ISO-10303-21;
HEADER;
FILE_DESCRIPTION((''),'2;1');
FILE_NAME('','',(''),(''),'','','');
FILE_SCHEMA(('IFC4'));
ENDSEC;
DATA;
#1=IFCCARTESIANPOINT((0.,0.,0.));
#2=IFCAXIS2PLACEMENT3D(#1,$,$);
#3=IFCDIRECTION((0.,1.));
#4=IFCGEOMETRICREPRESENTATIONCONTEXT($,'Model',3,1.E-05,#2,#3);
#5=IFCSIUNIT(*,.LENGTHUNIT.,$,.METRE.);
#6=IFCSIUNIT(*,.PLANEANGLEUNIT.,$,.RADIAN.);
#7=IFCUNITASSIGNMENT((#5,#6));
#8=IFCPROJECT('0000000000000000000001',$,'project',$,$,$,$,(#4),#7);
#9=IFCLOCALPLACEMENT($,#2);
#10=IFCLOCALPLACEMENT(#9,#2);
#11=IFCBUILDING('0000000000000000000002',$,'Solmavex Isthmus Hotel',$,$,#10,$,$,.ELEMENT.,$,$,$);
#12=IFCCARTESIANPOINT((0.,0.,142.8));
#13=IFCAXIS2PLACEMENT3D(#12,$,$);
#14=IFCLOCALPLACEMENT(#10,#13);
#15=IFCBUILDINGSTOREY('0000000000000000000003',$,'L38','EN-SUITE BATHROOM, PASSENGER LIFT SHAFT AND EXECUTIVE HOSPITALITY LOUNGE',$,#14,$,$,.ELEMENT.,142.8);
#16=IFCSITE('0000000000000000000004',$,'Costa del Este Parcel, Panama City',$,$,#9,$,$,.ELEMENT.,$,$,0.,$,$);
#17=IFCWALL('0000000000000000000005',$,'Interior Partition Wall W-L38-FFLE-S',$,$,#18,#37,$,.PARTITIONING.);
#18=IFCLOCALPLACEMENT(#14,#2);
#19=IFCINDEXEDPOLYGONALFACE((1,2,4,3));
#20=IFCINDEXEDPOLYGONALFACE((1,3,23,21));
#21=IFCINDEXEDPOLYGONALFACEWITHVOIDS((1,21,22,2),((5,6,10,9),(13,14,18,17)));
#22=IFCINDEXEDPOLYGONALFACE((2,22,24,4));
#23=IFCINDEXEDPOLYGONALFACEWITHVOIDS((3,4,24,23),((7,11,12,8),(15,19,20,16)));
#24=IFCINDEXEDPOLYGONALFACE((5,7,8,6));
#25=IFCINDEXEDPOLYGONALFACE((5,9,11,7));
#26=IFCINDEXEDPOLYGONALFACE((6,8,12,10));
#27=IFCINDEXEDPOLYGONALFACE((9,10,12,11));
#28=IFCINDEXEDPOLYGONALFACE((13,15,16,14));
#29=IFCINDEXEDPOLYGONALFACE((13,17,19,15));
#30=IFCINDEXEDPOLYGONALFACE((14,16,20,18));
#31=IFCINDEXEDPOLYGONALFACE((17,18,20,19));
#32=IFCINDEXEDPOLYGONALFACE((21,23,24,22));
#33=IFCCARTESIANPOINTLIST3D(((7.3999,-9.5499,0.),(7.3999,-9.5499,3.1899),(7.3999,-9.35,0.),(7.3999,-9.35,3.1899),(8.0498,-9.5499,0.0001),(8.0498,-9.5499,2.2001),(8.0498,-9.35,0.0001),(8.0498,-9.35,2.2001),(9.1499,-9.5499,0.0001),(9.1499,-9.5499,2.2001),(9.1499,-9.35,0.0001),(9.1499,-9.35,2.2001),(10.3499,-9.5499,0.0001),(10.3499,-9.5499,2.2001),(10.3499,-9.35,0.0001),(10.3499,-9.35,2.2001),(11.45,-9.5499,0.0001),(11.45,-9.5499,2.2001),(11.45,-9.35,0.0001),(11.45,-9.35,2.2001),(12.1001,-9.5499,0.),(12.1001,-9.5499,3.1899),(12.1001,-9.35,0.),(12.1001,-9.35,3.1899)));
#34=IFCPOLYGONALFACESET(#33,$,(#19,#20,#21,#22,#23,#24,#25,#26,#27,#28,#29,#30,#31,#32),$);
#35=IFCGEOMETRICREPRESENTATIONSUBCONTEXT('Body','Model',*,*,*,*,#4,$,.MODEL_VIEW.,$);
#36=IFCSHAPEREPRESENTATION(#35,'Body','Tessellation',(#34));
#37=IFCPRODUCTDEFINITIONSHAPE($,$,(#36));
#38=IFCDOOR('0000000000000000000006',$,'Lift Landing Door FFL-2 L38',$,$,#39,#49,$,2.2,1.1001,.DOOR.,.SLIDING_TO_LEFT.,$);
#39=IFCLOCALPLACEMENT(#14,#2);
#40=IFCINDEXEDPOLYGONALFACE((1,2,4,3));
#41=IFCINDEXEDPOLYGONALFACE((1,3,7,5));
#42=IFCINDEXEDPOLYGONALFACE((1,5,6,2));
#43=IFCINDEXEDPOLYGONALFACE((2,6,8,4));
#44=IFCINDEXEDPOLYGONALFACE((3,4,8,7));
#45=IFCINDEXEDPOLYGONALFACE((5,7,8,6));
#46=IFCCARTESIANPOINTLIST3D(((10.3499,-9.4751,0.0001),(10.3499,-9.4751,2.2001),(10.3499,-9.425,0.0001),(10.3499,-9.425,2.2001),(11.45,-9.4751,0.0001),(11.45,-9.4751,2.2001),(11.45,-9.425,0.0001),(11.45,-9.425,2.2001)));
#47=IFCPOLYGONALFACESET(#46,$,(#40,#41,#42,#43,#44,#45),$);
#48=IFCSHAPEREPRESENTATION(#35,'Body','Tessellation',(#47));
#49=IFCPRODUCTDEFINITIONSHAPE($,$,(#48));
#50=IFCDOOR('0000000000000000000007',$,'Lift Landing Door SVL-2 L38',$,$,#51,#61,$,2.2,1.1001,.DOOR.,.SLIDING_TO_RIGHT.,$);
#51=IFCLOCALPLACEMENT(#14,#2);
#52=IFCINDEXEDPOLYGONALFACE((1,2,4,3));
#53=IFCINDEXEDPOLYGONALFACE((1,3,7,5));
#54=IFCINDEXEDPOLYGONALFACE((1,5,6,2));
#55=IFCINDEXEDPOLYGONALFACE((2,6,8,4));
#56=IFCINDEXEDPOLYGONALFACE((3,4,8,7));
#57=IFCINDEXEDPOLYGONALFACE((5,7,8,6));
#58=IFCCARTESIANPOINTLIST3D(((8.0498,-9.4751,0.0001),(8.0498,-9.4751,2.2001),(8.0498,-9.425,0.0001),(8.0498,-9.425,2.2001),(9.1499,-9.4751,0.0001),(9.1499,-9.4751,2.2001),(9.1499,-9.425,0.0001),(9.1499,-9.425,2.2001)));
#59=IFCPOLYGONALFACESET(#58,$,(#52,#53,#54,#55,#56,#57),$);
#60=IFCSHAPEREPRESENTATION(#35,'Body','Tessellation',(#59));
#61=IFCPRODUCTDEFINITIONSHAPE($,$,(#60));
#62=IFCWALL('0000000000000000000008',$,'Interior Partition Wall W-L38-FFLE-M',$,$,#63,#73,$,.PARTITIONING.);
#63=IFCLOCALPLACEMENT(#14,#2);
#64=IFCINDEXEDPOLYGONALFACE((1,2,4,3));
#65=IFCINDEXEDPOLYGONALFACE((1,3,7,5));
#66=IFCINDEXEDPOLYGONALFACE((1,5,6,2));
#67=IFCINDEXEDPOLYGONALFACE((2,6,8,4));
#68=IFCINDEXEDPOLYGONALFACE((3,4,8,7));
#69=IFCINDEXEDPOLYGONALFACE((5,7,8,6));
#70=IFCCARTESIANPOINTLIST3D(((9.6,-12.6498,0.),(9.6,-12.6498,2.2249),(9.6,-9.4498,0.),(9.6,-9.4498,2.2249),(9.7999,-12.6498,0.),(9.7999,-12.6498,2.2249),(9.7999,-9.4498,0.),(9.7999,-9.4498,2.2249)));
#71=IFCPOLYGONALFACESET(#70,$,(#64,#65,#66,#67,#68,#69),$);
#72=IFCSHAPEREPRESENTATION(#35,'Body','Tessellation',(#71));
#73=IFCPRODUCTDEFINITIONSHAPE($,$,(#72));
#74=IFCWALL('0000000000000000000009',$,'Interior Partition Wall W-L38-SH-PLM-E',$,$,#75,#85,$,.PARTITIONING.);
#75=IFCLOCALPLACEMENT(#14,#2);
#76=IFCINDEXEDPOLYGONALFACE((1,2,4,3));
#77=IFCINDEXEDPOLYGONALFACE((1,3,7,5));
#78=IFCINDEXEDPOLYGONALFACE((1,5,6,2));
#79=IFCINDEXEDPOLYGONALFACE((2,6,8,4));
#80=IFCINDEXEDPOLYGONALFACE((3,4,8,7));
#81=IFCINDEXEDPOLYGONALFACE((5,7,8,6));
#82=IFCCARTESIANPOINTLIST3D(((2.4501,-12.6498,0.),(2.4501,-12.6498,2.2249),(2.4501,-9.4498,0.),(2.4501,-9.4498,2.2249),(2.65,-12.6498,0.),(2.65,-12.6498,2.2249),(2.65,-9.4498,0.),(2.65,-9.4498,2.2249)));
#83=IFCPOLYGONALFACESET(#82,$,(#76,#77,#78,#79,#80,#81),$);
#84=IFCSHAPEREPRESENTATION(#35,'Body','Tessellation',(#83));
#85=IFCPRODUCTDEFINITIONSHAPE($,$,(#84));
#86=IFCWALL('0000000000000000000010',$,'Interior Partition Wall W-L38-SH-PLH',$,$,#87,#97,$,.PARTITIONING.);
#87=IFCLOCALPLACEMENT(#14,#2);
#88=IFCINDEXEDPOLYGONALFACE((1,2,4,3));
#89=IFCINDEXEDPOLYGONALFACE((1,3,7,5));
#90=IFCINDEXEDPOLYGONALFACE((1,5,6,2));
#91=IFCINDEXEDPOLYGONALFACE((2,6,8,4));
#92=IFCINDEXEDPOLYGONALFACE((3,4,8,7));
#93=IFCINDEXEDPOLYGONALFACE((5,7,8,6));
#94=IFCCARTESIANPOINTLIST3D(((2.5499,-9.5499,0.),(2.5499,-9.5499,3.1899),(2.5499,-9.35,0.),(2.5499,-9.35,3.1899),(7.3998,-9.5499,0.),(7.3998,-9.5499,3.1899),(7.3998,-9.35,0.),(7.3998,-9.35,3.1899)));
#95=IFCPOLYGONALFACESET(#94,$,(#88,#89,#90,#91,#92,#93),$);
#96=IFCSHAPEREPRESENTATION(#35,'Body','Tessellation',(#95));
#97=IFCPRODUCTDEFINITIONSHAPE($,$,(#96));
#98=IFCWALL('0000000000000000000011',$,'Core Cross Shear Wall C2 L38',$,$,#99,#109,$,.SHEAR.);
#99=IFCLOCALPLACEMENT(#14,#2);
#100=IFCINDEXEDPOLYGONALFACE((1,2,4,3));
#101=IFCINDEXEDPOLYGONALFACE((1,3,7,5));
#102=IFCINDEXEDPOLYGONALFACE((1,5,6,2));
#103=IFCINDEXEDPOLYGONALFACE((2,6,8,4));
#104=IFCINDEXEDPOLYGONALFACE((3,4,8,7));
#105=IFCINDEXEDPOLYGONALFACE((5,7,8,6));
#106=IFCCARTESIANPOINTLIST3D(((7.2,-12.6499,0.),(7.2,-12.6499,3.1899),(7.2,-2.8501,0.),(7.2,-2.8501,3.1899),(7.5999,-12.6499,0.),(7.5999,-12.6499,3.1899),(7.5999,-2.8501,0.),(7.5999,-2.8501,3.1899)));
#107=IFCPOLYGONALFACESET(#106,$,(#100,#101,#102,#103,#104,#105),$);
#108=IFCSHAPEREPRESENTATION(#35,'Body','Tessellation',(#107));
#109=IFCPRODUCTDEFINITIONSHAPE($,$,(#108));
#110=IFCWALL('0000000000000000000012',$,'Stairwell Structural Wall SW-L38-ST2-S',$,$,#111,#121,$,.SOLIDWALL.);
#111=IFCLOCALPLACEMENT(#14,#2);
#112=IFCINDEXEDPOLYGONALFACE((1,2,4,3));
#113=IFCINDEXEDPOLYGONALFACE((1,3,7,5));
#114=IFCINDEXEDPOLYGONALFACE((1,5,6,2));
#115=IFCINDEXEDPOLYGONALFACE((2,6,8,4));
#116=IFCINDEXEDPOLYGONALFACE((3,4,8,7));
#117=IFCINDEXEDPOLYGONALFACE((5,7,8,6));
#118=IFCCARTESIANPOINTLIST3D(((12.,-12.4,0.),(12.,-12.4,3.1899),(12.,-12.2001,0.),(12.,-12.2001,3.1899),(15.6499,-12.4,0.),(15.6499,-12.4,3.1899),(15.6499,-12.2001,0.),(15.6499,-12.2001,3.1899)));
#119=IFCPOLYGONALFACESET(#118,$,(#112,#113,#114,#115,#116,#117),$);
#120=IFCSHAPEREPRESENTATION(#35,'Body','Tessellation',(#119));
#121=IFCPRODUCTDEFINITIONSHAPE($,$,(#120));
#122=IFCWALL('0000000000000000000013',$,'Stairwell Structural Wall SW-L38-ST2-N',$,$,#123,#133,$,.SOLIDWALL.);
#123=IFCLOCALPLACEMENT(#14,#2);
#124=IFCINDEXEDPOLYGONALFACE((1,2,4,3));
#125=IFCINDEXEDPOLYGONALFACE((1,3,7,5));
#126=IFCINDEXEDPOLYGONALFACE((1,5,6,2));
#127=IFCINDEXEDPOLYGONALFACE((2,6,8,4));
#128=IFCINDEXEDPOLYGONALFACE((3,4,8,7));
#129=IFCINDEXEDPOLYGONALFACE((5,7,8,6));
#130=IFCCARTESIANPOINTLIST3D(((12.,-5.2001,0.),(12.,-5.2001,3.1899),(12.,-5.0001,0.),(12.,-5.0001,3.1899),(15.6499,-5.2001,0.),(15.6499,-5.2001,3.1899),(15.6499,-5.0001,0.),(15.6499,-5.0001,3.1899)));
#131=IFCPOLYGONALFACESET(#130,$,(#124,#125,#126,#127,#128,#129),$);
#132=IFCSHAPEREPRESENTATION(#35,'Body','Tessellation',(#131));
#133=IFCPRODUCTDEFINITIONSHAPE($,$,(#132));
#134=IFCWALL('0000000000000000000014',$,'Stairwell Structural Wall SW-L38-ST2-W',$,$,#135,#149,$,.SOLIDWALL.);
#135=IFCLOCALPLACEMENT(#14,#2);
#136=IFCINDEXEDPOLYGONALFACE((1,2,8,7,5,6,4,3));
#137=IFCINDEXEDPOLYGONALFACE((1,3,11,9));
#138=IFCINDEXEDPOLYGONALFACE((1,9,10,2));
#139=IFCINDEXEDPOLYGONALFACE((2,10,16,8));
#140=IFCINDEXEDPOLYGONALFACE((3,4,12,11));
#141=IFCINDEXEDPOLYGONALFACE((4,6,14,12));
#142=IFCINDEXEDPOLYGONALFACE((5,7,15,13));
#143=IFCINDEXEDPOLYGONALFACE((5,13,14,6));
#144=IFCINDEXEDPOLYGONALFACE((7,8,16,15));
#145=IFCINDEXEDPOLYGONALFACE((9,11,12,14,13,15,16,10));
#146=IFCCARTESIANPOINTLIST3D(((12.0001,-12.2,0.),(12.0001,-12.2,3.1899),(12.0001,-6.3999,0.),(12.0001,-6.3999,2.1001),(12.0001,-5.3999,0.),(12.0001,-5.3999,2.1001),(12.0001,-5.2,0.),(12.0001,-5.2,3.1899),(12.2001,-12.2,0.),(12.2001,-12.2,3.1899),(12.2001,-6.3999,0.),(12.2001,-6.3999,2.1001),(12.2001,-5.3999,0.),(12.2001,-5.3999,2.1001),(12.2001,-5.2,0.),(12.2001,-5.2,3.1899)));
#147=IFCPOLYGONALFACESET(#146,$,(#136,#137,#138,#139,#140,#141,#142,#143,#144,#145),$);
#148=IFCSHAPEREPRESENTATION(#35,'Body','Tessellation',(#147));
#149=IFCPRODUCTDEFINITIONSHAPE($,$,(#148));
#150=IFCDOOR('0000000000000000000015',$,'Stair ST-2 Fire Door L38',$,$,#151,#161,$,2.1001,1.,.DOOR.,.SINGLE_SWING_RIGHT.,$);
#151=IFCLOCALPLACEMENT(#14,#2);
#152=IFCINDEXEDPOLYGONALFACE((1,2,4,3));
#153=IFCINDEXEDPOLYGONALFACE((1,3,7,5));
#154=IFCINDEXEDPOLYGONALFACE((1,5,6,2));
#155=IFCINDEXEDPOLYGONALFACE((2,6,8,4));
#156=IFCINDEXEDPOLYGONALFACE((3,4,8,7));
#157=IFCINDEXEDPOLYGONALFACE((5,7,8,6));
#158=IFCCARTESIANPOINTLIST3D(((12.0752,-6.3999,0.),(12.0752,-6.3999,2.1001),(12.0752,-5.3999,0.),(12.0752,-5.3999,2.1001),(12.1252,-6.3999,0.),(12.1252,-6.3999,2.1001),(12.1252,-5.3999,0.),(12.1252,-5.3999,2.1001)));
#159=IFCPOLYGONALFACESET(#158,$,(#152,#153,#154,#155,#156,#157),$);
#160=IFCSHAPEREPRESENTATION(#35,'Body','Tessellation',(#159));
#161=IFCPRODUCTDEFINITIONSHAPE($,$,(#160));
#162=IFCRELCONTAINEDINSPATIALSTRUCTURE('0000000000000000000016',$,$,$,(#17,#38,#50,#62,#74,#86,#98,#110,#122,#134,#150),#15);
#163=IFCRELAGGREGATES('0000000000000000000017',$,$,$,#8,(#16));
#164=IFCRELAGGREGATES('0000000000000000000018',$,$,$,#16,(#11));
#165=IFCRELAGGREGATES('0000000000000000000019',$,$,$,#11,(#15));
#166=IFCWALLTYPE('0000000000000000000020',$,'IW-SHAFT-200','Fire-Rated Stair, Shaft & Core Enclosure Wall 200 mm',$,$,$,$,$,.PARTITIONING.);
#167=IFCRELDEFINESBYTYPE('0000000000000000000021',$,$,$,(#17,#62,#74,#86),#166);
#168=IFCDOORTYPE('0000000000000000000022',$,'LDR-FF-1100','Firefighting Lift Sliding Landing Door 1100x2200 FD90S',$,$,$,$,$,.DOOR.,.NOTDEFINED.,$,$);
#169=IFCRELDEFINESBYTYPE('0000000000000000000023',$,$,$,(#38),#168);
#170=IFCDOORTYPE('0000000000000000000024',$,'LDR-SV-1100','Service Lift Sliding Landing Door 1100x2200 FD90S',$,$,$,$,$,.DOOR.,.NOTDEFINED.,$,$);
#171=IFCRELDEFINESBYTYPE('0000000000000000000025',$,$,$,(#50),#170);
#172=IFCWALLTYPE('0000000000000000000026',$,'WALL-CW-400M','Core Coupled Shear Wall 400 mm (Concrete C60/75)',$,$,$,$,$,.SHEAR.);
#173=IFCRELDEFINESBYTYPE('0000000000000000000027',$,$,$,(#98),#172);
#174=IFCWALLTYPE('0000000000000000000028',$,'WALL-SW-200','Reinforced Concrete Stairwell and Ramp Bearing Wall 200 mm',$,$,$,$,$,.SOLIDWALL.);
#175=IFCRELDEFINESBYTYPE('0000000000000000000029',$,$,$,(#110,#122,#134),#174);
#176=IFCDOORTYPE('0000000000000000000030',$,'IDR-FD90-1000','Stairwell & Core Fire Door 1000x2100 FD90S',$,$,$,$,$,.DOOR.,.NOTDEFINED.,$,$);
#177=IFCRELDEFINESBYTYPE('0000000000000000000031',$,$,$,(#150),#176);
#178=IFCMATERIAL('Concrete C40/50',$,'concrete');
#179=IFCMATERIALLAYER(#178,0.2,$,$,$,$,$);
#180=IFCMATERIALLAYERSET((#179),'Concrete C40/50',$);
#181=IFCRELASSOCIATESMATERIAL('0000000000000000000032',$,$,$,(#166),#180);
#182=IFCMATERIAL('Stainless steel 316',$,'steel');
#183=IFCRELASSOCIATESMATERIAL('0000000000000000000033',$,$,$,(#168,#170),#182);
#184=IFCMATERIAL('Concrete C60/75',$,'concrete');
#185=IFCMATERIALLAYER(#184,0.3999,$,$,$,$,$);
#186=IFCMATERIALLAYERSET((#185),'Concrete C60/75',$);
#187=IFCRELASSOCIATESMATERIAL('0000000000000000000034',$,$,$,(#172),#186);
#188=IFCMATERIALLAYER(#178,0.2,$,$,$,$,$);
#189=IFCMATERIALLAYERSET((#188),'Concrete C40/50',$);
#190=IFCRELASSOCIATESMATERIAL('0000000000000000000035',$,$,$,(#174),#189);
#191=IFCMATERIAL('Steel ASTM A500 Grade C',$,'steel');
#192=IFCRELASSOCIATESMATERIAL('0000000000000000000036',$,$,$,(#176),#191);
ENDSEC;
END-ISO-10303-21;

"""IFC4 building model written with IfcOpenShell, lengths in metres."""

from ifc_helpers import new_model, si_unit, direction, frame, frame_2d, origin, place, context, subcontext, project, spatial, rectangle, extrude, material, layer, layer_set, type_object, element, fill, save


model = new_model("IFC4")

# Units and contexts
model_context = context("Model", 3, precision=1e-05, world=origin(), true_north=direction((0.0, 1.0)))
body_context = subcontext(model_context, "Body", "Model", "MODEL_VIEW")
ifc_project = project(units=[si_unit("LENGTHUNIT", "METRE"), si_unit("PLANEANGLEUNIT", "RADIAN")], contexts=[model_context])

# Site, building, storey
site_placement = place(None, origin())
site = spatial("IfcSite", under=ifc_project, at=site_placement, Name="Costa del Este Parcel, Panama City", CompositionType="ELEMENT", RefElevation=0.0)
building_placement = place(site_placement, origin())
building = spatial("IfcBuilding", under=site, at=building_placement, Name="Solmavex Isthmus Hotel", CompositionType="ELEMENT")
storey_placement = place(building_placement, frame((0.0, 0.0, 142.8)))
storey = spatial("IfcBuildingStorey", under=building, at=storey_placement, Name="L38", Description="EN-SUITE BATHROOM, PASSENGER LIFT SHAFT AND EXECUTIVE HOSPITALITY LOUNGE", CompositionType="ELEMENT", Elevation=142.8)

# Shared definitions
ifc_material_1 = material(Name="Concrete C60/75", Category="concrete")

# Shared definitions
ifc_material_2 = material(Name="Concrete C40/50", Category="concrete")

# Shared definitions
ifc_layer_1 = layer(ifc_material_2, 0.2)
ifc_layer_set_1 = layer_set([ifc_layer_1], Name="Concrete C40/50")
wall_type_1 = type_object("IfcWallType", Name="IW-SHAFT-200", Description="Fire-Rated Stair, Shaft & Core Enclosure Wall 200 mm", PredefinedType="PARTITIONING", material=ifc_layer_set_1)
ifc_material_3 = material(Name="Steel ASTM A500 Grade C", Category="steel")

# Wall, openings, doors
wall_1_placement = place(storey_placement, frame((7.3999, -9.45, 0.0), z_axis=(0.0, 0.0, 1.0), x_axis=(1.0, 0.0, 0.0)))
wall_1 = element("IfcWall", 1, at=wall_1_placement, inside=storey, type_object=wall_type_1, Name="Interior Partition Wall W-L38-FFLE-S", PredefinedType="PARTITIONING", context=body_context, shape_type="SweptSolid", body=[
    extrude(rectangle(XDim=4.7002, YDim=0.2, at=frame_2d((2.3501, 0.0))), origin(), (0.0, 0.0, 1.0), 3.1899),
])
opening_1_placement = place(wall_1_placement, frame((2.95, 0.0, 0.0)))
opening_1 = element("IfcOpeningElement", 2, at=opening_1_placement, cuts=wall_1, PredefinedType="OPENING", context=body_context, shape_type="SweptSolid", body=[
    extrude(rectangle(XDim=1.1001, YDim=2.2, at=frame_2d((0.55, 1.1001))), frame((0.0, 0.1099, 0.0), z_axis=(0.0, -1.0, 0.0), x_axis=(1.0, 0.0, 0.0)), (0.0, 0.0, 1.0), 0.22),
])
opening_2_placement = place(wall_1_placement, frame((0.6499, 0.0, 0.0)))
opening_2 = element("IfcOpeningElement", 3, at=opening_2_placement, cuts=wall_1, PredefinedType="OPENING", context=body_context, shape_type="SweptSolid", body=[
    extrude(rectangle(XDim=1.1001, YDim=2.2, at=frame_2d((0.55, 1.1001))), frame((0.0, 0.1099, 0.0), z_axis=(0.0, -1.0, 0.0), x_axis=(1.0, 0.0, 0.0)), (0.0, 0.0, 1.0), 0.22),
])
ifc_material_4 = material(Name="Stainless steel 316", Category="steel")
door_type_1 = type_object("IfcDoorType", Name="LDR-FF-1100", Description="Firefighting Lift Sliding Landing Door 1100x2200 FD90S", OperationType="NOTDEFINED", PredefinedType="DOOR", material=ifc_material_4)
door_1_placement = place(opening_1_placement, origin())
door_1 = element("IfcDoor", 4, at=door_1_placement, inside=storey, type_object=door_type_1, Name="Lift Landing Door FFL-2 L38", OperationType="SLIDING_TO_LEFT", OverallHeight=2.2, OverallWidth=1.1001, PredefinedType="DOOR", context=body_context, shape_type="SweptSolid", body=[
    extrude(rectangle(XDim=1.1001, YDim=2.2, at=frame_2d((0.55, 1.1001))), frame((0.0, 0.0249, 0.0), z_axis=(0.0, -1.0, 0.0), x_axis=(1.0, 0.0, 0.0)), (0.0, 0.0, 1.0), 0.05),
])
fill(opening_1, door_1)
door_type_2 = type_object("IfcDoorType", Name="LDR-SV-1100", Description="Service Lift Sliding Landing Door 1100x2200 FD90S", OperationType="NOTDEFINED", PredefinedType="DOOR", material=ifc_material_4)
door_2_placement = place(opening_2_placement, origin())
door_2 = element("IfcDoor", 5, at=door_2_placement, inside=storey, type_object=door_type_2, Name="Lift Landing Door SVL-2 L38", OperationType="SLIDING_TO_RIGHT", OverallHeight=2.2, OverallWidth=1.1001, PredefinedType="DOOR", context=body_context, shape_type="SweptSolid", body=[
    extrude(rectangle(XDim=1.1001, YDim=2.2, at=frame_2d((0.55, 1.1001))), frame((0.0, 0.0249, 0.0), z_axis=(0.0, -1.0, 0.0), x_axis=(1.0, 0.0, 0.0)), (0.0, 0.0, 1.0), 0.05),
])
fill(opening_2, door_2)

# Walls
for number, where, z_axis, x_axis, name in (
    (6, (9.7, -12.6499, 0.0), (0.0, 0.0, 1.0), (0.0, 1.0, 0.0), "Interior Partition Wall W-L38-FFLE-M"),
    (7, (2.55, -12.6499, 0.0), (0.0, 0.0, 1.0), (0.0, 1.0, 0.0), "Interior Partition Wall W-L38-SH-PLM-E"),
):
    element("IfcWall", number, at=place(storey_placement, frame(where, z_axis=z_axis, x_axis=x_axis)), inside=storey, type_object=wall_type_1, Name=name, PredefinedType="PARTITIONING", context=body_context, shape_type="SweptSolid", body=[
        extrude(rectangle(XDim=3.2, YDim=0.2, at=frame_2d((1.6001, 0.0))), origin(), (0.0, 0.0, 1.0), 2.2249),
    ])
wall_2_placement = place(storey_placement, frame((2.55, -9.45, 0.0), z_axis=(0.0, 0.0, 1.0), x_axis=(1.0, 0.0, 0.0)))
element("IfcWall", 8, at=wall_2_placement, inside=storey, type_object=wall_type_1, Name="Interior Partition Wall W-L38-SH-PLH", PredefinedType="PARTITIONING", context=body_context, shape_type="SweptSolid", body=[
    extrude(rectangle(XDim=4.8499, YDim=0.2, at=frame_2d((2.4248, 0.0))), origin(), (0.0, 0.0, 1.0), 3.1899),
])
ifc_layer_2 = layer(ifc_material_1, 0.3999)
ifc_layer_set_2 = layer_set([ifc_layer_2], Name="Concrete C60/75")
wall_type_2 = type_object("IfcWallType", Name="WALL-CW-400M", Description="Core Coupled Shear Wall 400 mm (Concrete C60/75)", PredefinedType="SHEAR", material=ifc_layer_set_2)
wall_3_placement = place(storey_placement, frame((7.3999, -12.6499, 0.0), z_axis=(0.0, 0.0, 1.0), x_axis=(0.0, 1.0, 0.0)))
element("IfcWall", 9, at=wall_3_placement, inside=storey, type_object=wall_type_2, Name="Core Cross Shear Wall C2 L38", PredefinedType="SHEAR", context=body_context, shape_type="SweptSolid", body=[
    extrude(rectangle(XDim=9.7998, YDim=0.3999, at=frame_2d((4.8999, 0.0))), origin(), (0.0, 0.0, 1.0), 3.1899),
])
ifc_layer_3 = layer(ifc_material_2, 0.2)
ifc_layer_set_3 = layer_set([ifc_layer_3], Name="Concrete C40/50")
wall_type_3 = type_object("IfcWallType", Name="WALL-SW-200", Description="Reinforced Concrete Stairwell and Ramp Bearing Wall 200 mm", PredefinedType="SOLIDWALL", material=ifc_layer_set_3)
for number, where, z_axis, x_axis, name in (
    (10, (12.0, -12.3, 0.0), (0.0, 0.0, 1.0), (1.0, 0.0, 0.0), "Stairwell Structural Wall SW-L38-ST2-S"),
    (11, (12.0, -5.1001, 0.0), (0.0, 0.0, 1.0), (1.0, 0.0, 0.0), "Stairwell Structural Wall SW-L38-ST2-N"),
):
    element("IfcWall", number, at=place(storey_placement, frame(where, z_axis=z_axis, x_axis=x_axis)), inside=storey, type_object=wall_type_3, Name=name, PredefinedType="SOLIDWALL", context=body_context, shape_type="SweptSolid", body=[
        extrude(rectangle(XDim=3.6499, YDim=0.2, at=frame_2d((1.825, 0.0))), origin(), (0.0, 0.0, 1.0), 3.1899),
    ])

# Wall, opening, door
wall_4_placement = place(storey_placement, frame((12.1001, -12.2, 0.0), z_axis=(0.0, 0.0, 1.0), x_axis=(0.0, 1.0, 0.0)))
wall_4 = element("IfcWall", 12, at=wall_4_placement, inside=storey, type_object=wall_type_3, Name="Stairwell Structural Wall SW-L38-ST2-W", PredefinedType="SOLIDWALL", context=body_context, shape_type="SweptSolid", body=[
    extrude(rectangle(XDim=7.0, YDim=0.2, at=frame_2d((3.5, 0.0))), origin(), (0.0, 0.0, 1.0), 3.1899),
])
opening_3_placement = place(wall_4_placement, frame((5.8, 0.0, 0.0)))
opening_3 = element("IfcOpeningElement", 13, at=opening_3_placement, cuts=wall_4, PredefinedType="OPENING", context=body_context, shape_type="SweptSolid", body=[
    extrude(rectangle(XDim=1.0, YDim=2.1001, at=frame_2d((0.5, 1.05))), frame((0.0, 0.1099, 0.0), z_axis=(0.0, -1.0, 0.0), x_axis=(1.0, 0.0, 0.0)), (0.0, 0.0, 1.0), 0.22),
])
door_type_3 = type_object("IfcDoorType", Name="IDR-FD90-1000", Description="Stairwell & Core Fire Door 1000x2100 FD90S", OperationType="NOTDEFINED", PredefinedType="DOOR", material=ifc_material_3)
door_3_placement = place(opening_3_placement, origin())
door_3 = element("IfcDoor", 14, at=door_3_placement, inside=storey, type_object=door_type_3, Name="Stair ST-2 Fire Door L38", OperationType="SINGLE_SWING_RIGHT", OverallHeight=2.1001, OverallWidth=1.0, PredefinedType="DOOR", context=body_context, shape_type="SweptSolid", body=[
    extrude(rectangle(XDim=1.0, YDim=2.1001, at=frame_2d((0.5, 1.05))), frame((0.0, 0.0249, 0.0), z_axis=(0.0, -1.0, 0.0), x_axis=(1.0, 0.0, 0.0)), (0.0, 0.0, 1.0), 0.05),
])
fill(opening_3, door_3)

save(model, "model.ifc")
